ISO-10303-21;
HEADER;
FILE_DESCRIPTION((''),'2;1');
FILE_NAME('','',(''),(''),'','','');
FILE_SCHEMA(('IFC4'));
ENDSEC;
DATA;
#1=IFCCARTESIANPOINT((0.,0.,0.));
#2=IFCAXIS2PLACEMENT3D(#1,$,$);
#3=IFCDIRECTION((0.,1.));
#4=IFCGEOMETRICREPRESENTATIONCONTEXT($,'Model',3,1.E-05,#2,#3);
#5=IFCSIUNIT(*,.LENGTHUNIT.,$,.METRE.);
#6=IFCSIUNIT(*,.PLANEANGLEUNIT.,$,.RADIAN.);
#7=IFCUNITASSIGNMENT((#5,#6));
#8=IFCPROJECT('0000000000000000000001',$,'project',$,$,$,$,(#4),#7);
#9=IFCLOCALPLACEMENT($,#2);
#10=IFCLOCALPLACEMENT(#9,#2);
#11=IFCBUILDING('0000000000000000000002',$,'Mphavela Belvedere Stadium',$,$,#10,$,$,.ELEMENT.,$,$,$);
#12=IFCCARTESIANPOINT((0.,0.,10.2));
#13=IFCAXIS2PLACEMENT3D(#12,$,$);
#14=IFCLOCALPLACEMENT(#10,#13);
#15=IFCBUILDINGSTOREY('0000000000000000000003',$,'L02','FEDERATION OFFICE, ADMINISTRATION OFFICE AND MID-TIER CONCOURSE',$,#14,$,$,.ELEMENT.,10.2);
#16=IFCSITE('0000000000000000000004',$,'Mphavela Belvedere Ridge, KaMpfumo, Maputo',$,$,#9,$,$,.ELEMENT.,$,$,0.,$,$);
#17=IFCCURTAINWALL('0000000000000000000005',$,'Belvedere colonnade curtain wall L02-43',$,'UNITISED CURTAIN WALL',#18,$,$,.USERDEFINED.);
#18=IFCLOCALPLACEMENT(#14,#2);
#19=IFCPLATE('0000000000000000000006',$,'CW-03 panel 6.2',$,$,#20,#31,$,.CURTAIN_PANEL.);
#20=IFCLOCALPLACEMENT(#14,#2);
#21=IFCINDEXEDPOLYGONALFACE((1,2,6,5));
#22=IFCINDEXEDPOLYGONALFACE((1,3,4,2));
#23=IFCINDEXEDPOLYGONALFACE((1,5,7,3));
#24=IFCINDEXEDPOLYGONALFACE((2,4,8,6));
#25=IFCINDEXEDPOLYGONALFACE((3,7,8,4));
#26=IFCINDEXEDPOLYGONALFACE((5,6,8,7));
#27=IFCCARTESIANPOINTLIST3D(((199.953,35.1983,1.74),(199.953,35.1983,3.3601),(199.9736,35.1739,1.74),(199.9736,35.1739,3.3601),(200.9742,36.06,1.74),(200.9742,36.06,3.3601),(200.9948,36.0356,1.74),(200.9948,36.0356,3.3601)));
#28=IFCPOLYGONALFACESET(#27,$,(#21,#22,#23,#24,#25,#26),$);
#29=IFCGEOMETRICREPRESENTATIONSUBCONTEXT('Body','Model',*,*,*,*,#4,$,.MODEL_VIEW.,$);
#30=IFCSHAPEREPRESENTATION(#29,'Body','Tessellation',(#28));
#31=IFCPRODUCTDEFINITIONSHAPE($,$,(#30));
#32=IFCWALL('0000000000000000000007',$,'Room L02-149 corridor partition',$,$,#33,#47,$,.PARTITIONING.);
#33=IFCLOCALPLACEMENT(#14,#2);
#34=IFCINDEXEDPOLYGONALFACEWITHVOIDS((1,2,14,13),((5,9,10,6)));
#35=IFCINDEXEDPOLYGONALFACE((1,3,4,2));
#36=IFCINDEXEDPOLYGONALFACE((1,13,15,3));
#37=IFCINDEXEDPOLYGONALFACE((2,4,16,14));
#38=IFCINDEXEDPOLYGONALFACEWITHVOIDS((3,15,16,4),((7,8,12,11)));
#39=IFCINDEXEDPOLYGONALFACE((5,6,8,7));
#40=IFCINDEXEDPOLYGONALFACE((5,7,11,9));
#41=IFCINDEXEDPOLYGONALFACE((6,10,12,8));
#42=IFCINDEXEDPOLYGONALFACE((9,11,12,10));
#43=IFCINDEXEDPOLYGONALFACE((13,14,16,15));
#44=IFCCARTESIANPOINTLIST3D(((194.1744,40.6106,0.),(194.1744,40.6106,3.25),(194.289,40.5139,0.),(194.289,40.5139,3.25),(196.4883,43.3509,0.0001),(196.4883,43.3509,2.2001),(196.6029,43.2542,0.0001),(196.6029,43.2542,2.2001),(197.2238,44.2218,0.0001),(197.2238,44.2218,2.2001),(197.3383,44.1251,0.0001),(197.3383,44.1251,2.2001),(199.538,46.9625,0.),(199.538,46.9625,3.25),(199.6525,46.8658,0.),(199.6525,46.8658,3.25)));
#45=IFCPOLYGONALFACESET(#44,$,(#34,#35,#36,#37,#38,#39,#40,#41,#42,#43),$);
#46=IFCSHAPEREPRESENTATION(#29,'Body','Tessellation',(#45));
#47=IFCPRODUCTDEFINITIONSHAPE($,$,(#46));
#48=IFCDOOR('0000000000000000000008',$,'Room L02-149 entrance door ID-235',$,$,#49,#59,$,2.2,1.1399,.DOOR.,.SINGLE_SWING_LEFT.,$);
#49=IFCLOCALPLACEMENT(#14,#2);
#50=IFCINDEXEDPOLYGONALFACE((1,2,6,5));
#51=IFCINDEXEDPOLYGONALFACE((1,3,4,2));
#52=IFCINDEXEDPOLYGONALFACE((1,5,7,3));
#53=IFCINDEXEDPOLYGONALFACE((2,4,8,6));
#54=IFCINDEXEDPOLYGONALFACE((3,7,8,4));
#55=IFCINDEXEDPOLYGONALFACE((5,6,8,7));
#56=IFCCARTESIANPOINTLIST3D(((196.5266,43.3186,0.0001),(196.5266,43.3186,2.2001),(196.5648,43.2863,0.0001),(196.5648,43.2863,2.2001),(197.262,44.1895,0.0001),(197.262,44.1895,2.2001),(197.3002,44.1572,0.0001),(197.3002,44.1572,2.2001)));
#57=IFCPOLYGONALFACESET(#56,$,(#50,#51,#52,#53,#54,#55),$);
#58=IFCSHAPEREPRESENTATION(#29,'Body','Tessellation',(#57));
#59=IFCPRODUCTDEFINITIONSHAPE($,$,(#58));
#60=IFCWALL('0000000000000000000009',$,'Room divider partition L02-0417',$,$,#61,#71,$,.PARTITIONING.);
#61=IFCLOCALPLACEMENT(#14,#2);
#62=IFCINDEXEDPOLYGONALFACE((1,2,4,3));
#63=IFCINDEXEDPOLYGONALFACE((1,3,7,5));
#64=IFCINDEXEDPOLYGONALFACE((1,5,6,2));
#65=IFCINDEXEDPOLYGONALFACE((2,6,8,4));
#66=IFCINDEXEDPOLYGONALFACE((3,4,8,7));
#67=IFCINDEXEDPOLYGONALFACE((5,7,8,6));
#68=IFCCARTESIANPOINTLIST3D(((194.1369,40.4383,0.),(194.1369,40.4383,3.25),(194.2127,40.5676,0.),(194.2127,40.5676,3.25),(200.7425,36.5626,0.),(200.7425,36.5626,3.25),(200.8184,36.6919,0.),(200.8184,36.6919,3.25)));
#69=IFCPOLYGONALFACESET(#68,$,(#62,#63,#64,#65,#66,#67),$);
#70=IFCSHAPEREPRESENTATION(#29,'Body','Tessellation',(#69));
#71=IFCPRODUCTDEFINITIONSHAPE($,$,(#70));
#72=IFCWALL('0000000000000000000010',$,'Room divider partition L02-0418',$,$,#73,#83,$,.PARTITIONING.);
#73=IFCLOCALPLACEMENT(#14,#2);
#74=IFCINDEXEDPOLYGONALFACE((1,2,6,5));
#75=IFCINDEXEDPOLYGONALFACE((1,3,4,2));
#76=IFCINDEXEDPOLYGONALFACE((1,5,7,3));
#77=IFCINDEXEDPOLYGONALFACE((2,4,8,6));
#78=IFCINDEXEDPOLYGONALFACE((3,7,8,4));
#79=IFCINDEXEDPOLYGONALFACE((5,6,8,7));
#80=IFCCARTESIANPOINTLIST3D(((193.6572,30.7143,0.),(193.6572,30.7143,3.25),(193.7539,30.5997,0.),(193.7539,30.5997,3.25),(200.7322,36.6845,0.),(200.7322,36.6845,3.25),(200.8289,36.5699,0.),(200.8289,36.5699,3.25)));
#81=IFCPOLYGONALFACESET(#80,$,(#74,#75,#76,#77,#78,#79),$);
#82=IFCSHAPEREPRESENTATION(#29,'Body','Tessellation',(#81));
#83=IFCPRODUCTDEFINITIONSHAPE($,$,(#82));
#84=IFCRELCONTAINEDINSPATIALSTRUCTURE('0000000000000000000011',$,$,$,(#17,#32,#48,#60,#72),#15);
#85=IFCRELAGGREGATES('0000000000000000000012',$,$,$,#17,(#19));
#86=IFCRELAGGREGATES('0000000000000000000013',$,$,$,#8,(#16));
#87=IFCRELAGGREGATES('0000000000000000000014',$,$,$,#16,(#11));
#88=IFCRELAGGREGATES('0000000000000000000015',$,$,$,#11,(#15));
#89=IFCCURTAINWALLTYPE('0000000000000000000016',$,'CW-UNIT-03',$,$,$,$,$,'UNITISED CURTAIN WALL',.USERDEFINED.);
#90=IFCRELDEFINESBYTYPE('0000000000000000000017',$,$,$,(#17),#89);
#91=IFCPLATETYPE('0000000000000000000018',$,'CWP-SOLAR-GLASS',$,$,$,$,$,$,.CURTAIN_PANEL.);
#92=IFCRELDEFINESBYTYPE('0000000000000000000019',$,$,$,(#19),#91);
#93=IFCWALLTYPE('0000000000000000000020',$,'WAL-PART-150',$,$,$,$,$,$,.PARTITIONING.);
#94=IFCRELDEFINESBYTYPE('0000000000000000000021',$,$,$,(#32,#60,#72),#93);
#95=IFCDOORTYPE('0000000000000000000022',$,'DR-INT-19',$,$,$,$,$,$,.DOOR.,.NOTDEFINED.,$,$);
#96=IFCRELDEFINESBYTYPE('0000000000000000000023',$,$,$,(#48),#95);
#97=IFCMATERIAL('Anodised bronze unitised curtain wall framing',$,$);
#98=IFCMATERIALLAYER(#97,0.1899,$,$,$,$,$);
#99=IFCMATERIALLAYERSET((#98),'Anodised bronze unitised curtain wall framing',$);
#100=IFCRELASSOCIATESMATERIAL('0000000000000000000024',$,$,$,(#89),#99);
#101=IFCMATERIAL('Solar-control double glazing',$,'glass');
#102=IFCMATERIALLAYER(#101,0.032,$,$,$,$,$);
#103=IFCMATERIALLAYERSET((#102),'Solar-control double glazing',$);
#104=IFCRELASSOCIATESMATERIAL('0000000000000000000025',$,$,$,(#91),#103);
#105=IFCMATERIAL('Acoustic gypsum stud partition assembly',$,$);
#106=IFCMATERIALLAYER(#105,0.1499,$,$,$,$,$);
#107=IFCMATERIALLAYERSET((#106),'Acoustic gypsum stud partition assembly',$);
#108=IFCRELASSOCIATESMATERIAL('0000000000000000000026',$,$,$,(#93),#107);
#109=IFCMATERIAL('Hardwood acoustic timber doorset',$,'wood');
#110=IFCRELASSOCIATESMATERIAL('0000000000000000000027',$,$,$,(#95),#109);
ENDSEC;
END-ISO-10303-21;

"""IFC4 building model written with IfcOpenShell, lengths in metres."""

from ifc_helpers import new_model, si_unit, direction, frame, frame_2d, origin, origin_2d, place, context, subcontext, project, spatial, rectangle, extrude, material, layer, layer_set, type_object, element, fill, aggregate, save


model = new_model("IFC4")

# Units and contexts
model_context = context("Model", 3, precision=1e-05, world=origin(), true_north=direction((0.0, 1.0)))
body_context = subcontext(model_context, "Body", "Model", "MODEL_VIEW")
ifc_project = project(units=[si_unit("LENGTHUNIT", "METRE"), si_unit("PLANEANGLEUNIT", "RADIAN")], contexts=[model_context])

# Site, building, storey
site_placement = place(None, origin())
site = spatial("IfcSite", under=ifc_project, at=site_placement, Name="Mphavela Belvedere Ridge, KaMpfumo, Maputo", CompositionType="ELEMENT", RefElevation=0.0)
building_placement = place(site_placement, origin())
building = spatial("IfcBuilding", under=site, at=building_placement, Name="Mphavela Belvedere Stadium", CompositionType="ELEMENT")
storey_placement = place(building_placement, frame((0.0, 0.0, 10.2)))
storey = spatial("IfcBuildingStorey", under=building, at=storey_placement, Name="L02", Description="FEDERATION OFFICE, ADMINISTRATION OFFICE AND MID-TIER CONCOURSE", CompositionType="ELEMENT", Elevation=10.2)

# Curtain wall, plate
ifc_material_1 = material(Name="Anodised bronze unitised curtain wall framing")
ifc_layer_1 = layer(ifc_material_1, 0.1899)
ifc_layer_set_1 = layer_set([ifc_layer_1], Name="Anodised bronze unitised curtain wall framing")
curtain_wall_type = type_object("IfcCurtainWallType", Name="CW-UNIT-03", ElementType="UNITISED CURTAIN WALL", PredefinedType="USERDEFINED", material=ifc_layer_set_1)
curtain_wall_placement = place(storey_placement, origin())
curtain_wall = element("IfcCurtainWall", 1, at=curtain_wall_placement, inside=storey, type_object=curtain_wall_type, Name="Belvedere colonnade curtain wall L02-43", ObjectType="UNITISED CURTAIN WALL", PredefinedType="USERDEFINED")
ifc_material_2 = material(Name="Solar-control double glazing", Category="glass")
ifc_layer_2 = layer(ifc_material_2, 0.032)
ifc_layer_set_2 = layer_set([ifc_layer_2], Name="Solar-control double glazing")
plate_type = type_object("IfcPlateType", Name="CWP-SOLAR-GLASS", PredefinedType="CURTAIN_PANEL", material=ifc_layer_set_2)
plate_1_placement = place(storey_placement, frame((200.4739, 35.6169, 1.74), z_axis=(0.0, 0.0, 1.0), x_axis=(0.764261, 0.644907, 0.0)))
plate_1 = element("IfcPlate", 2, at=plate_1_placement, type_object=plate_type, Name="CW-03 panel 6.2", PredefinedType="CURTAIN_PANEL", context=body_context, shape_type="SweptSolid", body=[
    extrude(rectangle(XDim=1.3362, YDim=0.032, at=origin_2d()), origin(), (0.0, 0.0, 1.0), 1.6201),
])
aggregate(curtain_wall, [plate_1])

# Wall, opening, door
ifc_material_3 = material(Name="Acoustic gypsum stud partition assembly")
ifc_layer_3 = layer(ifc_material_3, 0.1499)
ifc_layer_set_3 = layer_set([ifc_layer_3], Name="Acoustic gypsum stud partition assembly")
wall_type = type_object("IfcWallType", Name="WAL-PART-150", PredefinedType="PARTITIONING", material=ifc_layer_set_3)
wall_1_placement = place(storey_placement, frame((194.2317, 40.5623, 0.0), z_axis=(0.0, 0.0, 1.0), x_axis=(0.645165, 0.764043, 0.0)))
wall_1 = element("IfcWall", 3, at=wall_1_placement, inside=storey, type_object=wall_type, Name="Room L02-149 corridor partition", PredefinedType="PARTITIONING", context=body_context, shape_type="SweptSolid", body=[
    extrude(rectangle(XDim=8.3135, YDim=0.1499, at=frame_2d((4.1567, 0.0))), origin(), (0.0, 0.0, 1.0), 3.25),
])
opening_placement = place(wall_1_placement, frame((3.5867, 0.0, 0.0)))
opening = element("IfcOpeningElement", 4, at=opening_placement, cuts=wall_1, PredefinedType="OPENING", context=body_context, shape_type="SweptSolid", body=[
    extrude(rectangle(XDim=1.1399, YDim=2.2, at=frame_2d((0.5698, 1.1001))), frame((0.0, 0.085, 0.0), z_axis=(0.0, -1.0, 0.0), x_axis=(1.0, 0.0, 0.0)), (0.0, 0.0, 1.0), 0.1699),
])
ifc_material_4 = material(Name="Hardwood acoustic timber doorset", Category="wood")
door_type = type_object("IfcDoorType", Name="DR-INT-19", OperationType="NOTDEFINED", PredefinedType="DOOR", material=ifc_material_4)
door_placement = place(opening_placement, origin())
door = element("IfcDoor", 5, at=door_placement, inside=storey, type_object=door_type, Name="Room L02-149 entrance door ID-235", OperationType="SINGLE_SWING_LEFT", OverallHeight=2.2, OverallWidth=1.1399, PredefinedType="DOOR", context=body_context, shape_type="SweptSolid", body=[
    extrude(rectangle(XDim=1.1399, YDim=2.2, at=frame_2d((0.5698, 1.1001))), frame((0.0, 0.0249, 0.0), z_axis=(0.0, -1.0, 0.0), x_axis=(1.0, 0.0, 0.0)), (0.0, 0.0, 1.0), 0.05),
])
fill(opening, door)

# Walls
wall_2_placement = place(storey_placement, frame((194.1748, 40.5029, 0.0), z_axis=(0.0, 0.0, 1.0), x_axis=(0.862503, -0.506052, 0.0)))
element("IfcWall", 6, at=wall_2_placement, inside=storey, type_object=wall_type, Name="Room divider partition L02-0417", PredefinedType="PARTITIONING", context=body_context, shape_type="SweptSolid", body=[
    extrude(rectangle(XDim=7.6587, YDim=0.1499, at=frame_2d((3.8293, 0.0))), origin(), (0.0, 0.0, 1.0), 3.25),
])
wall_3_placement = place(storey_placement, frame((200.7805, 36.6272, 0.0), z_axis=(0.0, 0.0, 1.0), x_axis=(-0.764253, -0.644917, 0.0)))
element("IfcWall", 7, at=wall_3_placement, inside=storey, type_object=wall_type, Name="Room divider partition L02-0418", PredefinedType="PARTITIONING", context=body_context, shape_type="SweptSolid", body=[
    extrude(rectangle(XDim=9.2573, YDim=0.1499, at=frame_2d((4.6287, 0.0))), origin(), (0.0, 0.0, 1.0), 3.25),
])

save(model, "model.ifc")
